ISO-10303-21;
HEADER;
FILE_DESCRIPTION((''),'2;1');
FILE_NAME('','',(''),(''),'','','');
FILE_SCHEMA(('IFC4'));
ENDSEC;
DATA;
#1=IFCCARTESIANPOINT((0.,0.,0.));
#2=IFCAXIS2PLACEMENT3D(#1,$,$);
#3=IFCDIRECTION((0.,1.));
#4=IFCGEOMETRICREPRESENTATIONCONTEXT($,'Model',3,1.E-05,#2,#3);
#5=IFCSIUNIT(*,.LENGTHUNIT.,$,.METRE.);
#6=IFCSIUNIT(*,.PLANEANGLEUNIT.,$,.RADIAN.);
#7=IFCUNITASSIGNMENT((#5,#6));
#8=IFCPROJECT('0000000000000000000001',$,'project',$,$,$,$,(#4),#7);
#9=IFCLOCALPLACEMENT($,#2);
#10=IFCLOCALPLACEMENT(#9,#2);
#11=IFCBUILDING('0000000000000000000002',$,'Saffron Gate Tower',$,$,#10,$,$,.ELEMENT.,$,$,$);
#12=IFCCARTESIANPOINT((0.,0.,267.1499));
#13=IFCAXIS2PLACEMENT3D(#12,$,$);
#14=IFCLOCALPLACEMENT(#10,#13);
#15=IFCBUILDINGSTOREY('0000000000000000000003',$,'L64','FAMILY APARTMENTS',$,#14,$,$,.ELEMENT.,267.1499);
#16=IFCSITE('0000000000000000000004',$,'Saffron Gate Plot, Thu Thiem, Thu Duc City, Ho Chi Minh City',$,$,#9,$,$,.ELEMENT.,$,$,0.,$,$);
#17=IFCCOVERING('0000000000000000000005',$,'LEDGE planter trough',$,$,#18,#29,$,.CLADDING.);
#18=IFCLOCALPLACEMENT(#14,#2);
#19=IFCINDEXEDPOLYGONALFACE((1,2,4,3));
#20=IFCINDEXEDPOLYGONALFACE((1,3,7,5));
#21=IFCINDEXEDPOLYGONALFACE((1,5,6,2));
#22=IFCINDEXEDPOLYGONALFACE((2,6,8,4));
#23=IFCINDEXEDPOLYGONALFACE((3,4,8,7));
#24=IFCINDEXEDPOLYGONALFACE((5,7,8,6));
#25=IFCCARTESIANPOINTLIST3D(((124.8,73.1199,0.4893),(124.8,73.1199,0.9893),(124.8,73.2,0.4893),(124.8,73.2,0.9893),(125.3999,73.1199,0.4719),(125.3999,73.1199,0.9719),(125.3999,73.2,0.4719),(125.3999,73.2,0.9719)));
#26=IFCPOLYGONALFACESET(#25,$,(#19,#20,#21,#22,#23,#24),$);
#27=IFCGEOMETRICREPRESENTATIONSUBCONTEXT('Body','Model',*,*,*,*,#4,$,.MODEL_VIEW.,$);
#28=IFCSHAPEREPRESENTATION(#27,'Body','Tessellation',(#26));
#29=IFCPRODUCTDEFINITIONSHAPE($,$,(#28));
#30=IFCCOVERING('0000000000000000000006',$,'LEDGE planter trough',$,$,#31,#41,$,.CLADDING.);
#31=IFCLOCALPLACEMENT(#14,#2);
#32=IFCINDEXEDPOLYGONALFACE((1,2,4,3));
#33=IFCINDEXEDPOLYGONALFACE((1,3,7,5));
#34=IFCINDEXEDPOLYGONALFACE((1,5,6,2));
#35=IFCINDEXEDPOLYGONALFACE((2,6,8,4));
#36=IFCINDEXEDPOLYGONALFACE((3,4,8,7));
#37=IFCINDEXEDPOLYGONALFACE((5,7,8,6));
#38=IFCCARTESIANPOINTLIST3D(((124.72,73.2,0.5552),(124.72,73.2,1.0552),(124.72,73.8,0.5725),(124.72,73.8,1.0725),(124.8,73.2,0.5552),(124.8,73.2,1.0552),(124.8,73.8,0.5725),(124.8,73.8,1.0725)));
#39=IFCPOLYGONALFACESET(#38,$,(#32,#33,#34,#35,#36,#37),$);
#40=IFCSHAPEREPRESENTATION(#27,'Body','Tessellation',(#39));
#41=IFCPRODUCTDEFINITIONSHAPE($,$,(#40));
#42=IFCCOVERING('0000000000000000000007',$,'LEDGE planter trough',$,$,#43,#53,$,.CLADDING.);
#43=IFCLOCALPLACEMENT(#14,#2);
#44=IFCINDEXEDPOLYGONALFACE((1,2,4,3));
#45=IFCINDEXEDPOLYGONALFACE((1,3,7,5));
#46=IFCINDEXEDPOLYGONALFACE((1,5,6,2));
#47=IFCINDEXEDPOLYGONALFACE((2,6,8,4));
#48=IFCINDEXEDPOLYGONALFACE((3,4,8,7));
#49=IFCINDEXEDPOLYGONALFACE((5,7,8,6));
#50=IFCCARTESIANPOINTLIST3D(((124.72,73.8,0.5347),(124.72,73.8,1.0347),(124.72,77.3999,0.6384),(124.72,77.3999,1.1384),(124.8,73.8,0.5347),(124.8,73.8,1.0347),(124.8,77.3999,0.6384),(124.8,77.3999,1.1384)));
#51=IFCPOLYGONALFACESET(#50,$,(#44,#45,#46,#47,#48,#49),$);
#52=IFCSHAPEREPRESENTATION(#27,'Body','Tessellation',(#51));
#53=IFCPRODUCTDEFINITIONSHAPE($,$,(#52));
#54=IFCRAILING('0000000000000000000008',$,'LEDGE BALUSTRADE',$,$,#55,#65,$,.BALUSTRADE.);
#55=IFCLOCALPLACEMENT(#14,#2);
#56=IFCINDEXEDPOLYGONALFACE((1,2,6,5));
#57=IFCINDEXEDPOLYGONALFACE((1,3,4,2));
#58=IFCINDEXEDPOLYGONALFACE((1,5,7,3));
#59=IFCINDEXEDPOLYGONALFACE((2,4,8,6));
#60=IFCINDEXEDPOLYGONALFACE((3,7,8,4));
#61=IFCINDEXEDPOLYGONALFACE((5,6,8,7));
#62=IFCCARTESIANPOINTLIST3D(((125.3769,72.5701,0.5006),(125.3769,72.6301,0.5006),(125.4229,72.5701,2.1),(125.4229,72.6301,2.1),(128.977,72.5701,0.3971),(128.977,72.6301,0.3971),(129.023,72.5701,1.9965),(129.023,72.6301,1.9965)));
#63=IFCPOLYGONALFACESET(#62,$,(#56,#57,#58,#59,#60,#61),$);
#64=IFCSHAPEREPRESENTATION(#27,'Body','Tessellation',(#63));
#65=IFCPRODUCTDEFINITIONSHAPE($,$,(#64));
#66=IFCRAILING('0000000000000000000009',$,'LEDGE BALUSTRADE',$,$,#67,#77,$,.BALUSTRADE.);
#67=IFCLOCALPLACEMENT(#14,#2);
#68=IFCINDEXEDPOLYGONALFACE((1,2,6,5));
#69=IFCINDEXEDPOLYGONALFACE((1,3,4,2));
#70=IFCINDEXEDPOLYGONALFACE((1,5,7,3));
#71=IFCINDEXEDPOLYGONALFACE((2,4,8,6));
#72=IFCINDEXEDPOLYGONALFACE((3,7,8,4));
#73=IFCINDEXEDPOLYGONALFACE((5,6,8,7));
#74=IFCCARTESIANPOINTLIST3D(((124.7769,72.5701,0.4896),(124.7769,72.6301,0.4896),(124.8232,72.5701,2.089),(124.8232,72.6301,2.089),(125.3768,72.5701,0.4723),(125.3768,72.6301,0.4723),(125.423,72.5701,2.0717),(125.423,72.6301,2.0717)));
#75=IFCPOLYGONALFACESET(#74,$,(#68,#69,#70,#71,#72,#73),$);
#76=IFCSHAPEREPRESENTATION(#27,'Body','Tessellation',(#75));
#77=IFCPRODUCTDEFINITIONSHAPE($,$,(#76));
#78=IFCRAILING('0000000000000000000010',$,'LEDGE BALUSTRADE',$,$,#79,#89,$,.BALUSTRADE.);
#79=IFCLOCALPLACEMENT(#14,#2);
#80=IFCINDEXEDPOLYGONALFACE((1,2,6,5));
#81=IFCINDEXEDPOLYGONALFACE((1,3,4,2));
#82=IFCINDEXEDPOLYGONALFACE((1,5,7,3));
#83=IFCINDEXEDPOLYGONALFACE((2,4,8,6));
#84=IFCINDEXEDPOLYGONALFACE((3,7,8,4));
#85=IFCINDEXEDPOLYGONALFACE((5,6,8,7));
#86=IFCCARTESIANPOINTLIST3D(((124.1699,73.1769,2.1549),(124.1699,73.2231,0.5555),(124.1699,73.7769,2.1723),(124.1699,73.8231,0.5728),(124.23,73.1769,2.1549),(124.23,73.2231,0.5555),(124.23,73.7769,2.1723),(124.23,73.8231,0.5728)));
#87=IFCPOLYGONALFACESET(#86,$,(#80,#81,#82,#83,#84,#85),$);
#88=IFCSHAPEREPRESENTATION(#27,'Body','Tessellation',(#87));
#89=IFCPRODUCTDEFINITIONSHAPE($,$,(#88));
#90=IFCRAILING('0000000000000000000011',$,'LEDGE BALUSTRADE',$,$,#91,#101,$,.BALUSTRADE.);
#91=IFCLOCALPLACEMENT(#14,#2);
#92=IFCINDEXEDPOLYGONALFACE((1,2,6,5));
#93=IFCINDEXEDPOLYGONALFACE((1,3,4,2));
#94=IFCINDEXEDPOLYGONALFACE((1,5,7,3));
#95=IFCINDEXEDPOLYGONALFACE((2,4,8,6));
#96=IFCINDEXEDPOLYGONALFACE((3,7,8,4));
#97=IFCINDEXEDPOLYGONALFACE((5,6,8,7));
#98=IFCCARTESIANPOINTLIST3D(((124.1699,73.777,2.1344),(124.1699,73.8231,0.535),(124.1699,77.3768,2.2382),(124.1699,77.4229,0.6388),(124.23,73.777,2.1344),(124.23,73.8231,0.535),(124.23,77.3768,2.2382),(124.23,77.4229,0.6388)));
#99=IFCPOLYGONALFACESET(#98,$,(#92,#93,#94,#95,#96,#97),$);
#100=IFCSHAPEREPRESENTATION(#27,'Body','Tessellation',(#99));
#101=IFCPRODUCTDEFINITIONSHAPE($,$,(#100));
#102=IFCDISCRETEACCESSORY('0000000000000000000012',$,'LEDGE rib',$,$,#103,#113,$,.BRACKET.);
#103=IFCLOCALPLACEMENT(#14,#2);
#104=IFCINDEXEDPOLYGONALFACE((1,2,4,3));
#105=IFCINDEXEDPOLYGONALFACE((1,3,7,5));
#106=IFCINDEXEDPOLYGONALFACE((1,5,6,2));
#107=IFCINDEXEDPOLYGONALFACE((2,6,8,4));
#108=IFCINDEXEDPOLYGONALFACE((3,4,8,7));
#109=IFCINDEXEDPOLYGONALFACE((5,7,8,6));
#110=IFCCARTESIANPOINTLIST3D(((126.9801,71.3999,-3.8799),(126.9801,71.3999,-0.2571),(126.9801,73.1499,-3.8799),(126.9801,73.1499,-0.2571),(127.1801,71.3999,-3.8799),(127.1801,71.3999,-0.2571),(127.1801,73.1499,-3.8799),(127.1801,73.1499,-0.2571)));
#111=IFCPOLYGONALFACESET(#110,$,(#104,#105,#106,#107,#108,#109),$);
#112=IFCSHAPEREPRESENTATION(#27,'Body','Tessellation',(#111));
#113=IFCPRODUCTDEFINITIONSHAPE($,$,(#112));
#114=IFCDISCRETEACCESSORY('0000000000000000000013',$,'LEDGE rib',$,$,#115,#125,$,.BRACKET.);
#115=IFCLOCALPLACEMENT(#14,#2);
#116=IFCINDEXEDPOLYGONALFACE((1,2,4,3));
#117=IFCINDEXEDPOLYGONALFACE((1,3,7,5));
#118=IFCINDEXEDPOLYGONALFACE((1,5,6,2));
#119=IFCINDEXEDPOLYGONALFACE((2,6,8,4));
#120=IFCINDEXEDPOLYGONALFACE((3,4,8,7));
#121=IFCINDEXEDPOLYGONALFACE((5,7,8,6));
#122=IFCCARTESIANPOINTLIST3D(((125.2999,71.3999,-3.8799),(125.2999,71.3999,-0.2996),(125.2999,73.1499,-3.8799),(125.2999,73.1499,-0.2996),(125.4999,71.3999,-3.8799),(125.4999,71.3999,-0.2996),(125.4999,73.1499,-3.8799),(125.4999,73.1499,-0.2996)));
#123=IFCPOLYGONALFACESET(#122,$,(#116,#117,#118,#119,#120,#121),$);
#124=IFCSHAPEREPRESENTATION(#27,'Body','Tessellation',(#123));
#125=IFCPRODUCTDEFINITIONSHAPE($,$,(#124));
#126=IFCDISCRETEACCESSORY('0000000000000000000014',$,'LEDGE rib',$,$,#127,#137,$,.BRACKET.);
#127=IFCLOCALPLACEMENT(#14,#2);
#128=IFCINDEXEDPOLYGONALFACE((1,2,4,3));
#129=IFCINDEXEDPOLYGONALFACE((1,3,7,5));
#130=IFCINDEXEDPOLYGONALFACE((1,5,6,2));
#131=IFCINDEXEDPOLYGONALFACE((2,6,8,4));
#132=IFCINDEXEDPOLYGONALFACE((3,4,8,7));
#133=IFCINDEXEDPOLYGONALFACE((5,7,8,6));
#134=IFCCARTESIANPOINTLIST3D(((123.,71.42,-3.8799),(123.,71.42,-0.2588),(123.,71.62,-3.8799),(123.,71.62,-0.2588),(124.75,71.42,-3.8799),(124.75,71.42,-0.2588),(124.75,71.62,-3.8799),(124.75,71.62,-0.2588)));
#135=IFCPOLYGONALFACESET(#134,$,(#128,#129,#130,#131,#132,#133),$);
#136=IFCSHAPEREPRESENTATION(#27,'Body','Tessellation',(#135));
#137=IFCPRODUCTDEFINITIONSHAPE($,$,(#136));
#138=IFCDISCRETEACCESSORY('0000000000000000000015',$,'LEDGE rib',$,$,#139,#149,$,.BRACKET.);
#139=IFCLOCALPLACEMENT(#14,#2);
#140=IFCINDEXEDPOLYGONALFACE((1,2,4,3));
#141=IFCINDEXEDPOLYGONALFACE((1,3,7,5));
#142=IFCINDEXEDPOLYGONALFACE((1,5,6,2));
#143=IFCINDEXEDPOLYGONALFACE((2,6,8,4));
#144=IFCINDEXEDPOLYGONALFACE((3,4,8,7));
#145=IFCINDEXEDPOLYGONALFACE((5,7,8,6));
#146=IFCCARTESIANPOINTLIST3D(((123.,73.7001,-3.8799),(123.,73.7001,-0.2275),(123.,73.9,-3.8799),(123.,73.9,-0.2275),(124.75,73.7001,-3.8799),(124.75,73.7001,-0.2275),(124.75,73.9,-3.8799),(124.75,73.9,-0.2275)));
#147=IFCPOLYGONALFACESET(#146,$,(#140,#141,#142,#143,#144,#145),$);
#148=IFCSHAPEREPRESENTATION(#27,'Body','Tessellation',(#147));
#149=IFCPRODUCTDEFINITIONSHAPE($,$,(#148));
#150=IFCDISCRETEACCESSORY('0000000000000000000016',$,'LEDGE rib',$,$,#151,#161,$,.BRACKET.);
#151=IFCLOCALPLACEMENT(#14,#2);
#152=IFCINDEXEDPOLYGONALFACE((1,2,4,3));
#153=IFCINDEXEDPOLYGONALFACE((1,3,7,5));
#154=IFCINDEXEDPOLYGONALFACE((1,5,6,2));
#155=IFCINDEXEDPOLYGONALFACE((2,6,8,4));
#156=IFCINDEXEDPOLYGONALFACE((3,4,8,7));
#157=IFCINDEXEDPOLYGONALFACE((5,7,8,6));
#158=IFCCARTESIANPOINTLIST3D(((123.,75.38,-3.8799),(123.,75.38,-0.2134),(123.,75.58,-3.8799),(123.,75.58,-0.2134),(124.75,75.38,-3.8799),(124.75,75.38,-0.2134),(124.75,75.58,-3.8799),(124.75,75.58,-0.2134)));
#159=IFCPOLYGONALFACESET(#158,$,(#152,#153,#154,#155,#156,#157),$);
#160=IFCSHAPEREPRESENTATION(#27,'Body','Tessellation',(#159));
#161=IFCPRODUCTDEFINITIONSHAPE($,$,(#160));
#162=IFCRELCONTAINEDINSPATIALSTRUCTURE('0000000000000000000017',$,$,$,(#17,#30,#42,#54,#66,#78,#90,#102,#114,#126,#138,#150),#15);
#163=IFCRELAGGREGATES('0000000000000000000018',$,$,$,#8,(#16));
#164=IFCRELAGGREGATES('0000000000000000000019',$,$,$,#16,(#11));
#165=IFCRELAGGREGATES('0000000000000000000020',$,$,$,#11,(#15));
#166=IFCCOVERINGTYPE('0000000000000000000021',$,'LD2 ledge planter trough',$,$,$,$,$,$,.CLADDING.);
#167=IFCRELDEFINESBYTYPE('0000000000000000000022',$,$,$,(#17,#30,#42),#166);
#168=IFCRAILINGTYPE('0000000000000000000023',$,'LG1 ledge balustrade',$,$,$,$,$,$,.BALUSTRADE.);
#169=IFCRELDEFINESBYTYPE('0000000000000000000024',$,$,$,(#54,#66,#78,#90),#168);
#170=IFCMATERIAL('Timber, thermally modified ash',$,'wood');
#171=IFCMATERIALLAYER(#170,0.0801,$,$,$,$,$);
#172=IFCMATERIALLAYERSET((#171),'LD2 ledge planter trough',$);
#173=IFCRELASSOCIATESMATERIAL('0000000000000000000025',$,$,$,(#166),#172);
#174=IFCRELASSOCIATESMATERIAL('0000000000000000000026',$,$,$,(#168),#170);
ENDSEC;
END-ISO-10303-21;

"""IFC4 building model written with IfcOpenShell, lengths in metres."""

from ifc_helpers import new_model, si_unit, direction, frame, origin, origin_2d, place, context, subcontext, project, spatial, polyline, rectangle, outline, extrude, material, layer, layer_set, type_object, element, save


model = new_model("IFC4")

# Units and contexts
model_context = context("Model", 3, precision=1e-05, world=origin(), true_north=direction((0.0, 1.0)))
body_context = subcontext(model_context, "Body", "Model", "MODEL_VIEW")
ifc_project = project(units=[si_unit("LENGTHUNIT", "METRE"), si_unit("PLANEANGLEUNIT", "RADIAN")], contexts=[model_context])

# Site, building, storey
site_placement = place(None, origin())
site = spatial("IfcSite", under=ifc_project, at=site_placement, Name="Saffron Gate Plot, Thu Thiem, Thu Duc City, Ho Chi Minh City", CompositionType="ELEMENT", RefElevation=0.0)
building_placement = place(site_placement, origin())
building = spatial("IfcBuilding", under=site, at=building_placement, Name="Saffron Gate Tower", CompositionType="ELEMENT")
storey_placement = place(building_placement, frame((0.0, 0.0, 267.1499)))
storey = spatial("IfcBuildingStorey", under=building, at=storey_placement, Name="L64", Description="FAMILY APARTMENTS", CompositionType="ELEMENT", Elevation=267.1499)

# Coverings
ifc_material_1 = material(Name="Timber, thermally modified ash", Category="wood")
ifc_layer_1 = layer(ifc_material_1, 0.0801)
ifc_layer_set_1 = layer_set([ifc_layer_1], Name="LD2 ledge planter trough")
covering_type_1 = type_object("IfcCoveringType", Name="LD2 ledge planter trough", PredefinedType="CLADDING", material=ifc_layer_set_1)
covering_1_placement = place(storey_placement, frame((125.3999, 73.2, 0.4719), z_axis=(0.0, 1.0, 0.0), x_axis=(-0.999583, 0.0, 0.028885)))
element("IfcCovering", 1, at=covering_1_placement, inside=storey, type_object=covering_type_1, Name="LEDGE planter trough", PredefinedType="CLADDING", context=body_context, shape_type="SweptSolid", body=[
    extrude(outline(polyline([(0.0, 0.0), (0.6001, 0.0), (0.6145, 0.4998), (0.0144, 0.4998), (0.0, 0.0)])), origin(), (0.0, 0.0, -1.0), 0.0801),
])
covering_2_placement = place(storey_placement, frame((124.8, 73.2, 0.5552), z_axis=(1.0, 0.0, 0.0), x_axis=(0.0, 0.999583, 0.028873)))
element("IfcCovering", 2, at=covering_2_placement, inside=storey, type_object=covering_type_1, Name="LEDGE planter trough", PredefinedType="CLADDING", context=body_context, shape_type="SweptSolid", body=[
    extrude(outline(polyline([(0.0, 0.0), (0.6003, 0.0), (0.6148, 0.4998), (0.0144, 0.4998), (0.0, 0.0)])), origin(), (0.0, 0.0, -1.0), 0.0801),
])
covering_3_placement = place(storey_placement, frame((124.8, 73.8, 0.5347), z_axis=(1.0, 0.0, 0.0), x_axis=(0.0, 0.999585, 0.028811)))
element("IfcCovering", 3, at=covering_3_placement, inside=storey, type_object=covering_type_1, Name="LEDGE planter trough", PredefinedType="CLADDING", context=body_context, shape_type="SweptSolid", body=[
    extrude(outline(polyline([(0.0, 0.0), (3.6013, 0.0), (3.6158, 0.4998), (0.0144, 0.4998), (0.0, 0.0)])), origin(), (0.0, 0.0, -1.0), 0.0801),
])

# Railings
railing_type = type_object("IfcRailingType", Name="LG1 ledge balustrade", PredefinedType="BALUSTRADE", material=ifc_material_1)
railing_1_placement = place(storey_placement, frame((129.0, 72.6001, 0.3967)))
element("IfcRailing", 4, at=railing_1_placement, inside=storey, type_object=railing_type, Name="LEDGE BALUSTRADE", PredefinedType="BALUSTRADE", context=body_context, shape_type="SweptSolid", body=[
    extrude(rectangle(XDim=0.0601, YDim=1.6001, at=origin_2d()), frame((0.0, 0.0, 0.8), z_axis=(-0.999587, 0.0, 0.028742), x_axis=(0.0, -1.0, 0.0)), (0.0, 0.0, 1.0), 3.6016),
])
railing_2_placement = place(storey_placement, frame((125.3999, 72.6001, 0.4719)))
element("IfcRailing", 5, at=railing_2_placement, inside=storey, type_object=railing_type, Name="LEDGE BALUSTRADE", PredefinedType="BALUSTRADE", context=body_context, shape_type="SweptSolid", body=[
    extrude(rectangle(XDim=0.0601, YDim=1.6001, at=origin_2d()), frame((0.0, 0.0, 0.8), z_axis=(-0.999583, 0.0, 0.028885), x_axis=(0.0, -1.0, 0.0)), (0.0, 0.0, 1.0), 0.6001),
])
railing_3_placement = place(storey_placement, frame((124.2, 73.2, 0.5552)))
element("IfcRailing", 6, at=railing_3_placement, inside=storey, type_object=railing_type, Name="LEDGE BALUSTRADE", PredefinedType="BALUSTRADE", context=body_context, shape_type="SweptSolid", body=[
    extrude(rectangle(XDim=0.0601, YDim=1.6001, at=origin_2d()), frame((0.0, 0.0, 0.8), z_axis=(0.0, 0.999583, 0.028873), x_axis=(-1.0, 0.0, 0.0)), (0.0, 0.0, 1.0), 0.6003),
])
railing_4_placement = place(storey_placement, frame((124.2, 73.8, 0.5347)))
element("IfcRailing", 7, at=railing_4_placement, inside=storey, type_object=railing_type, Name="LEDGE BALUSTRADE", PredefinedType="BALUSTRADE", context=body_context, shape_type="SweptSolid", body=[
    extrude(rectangle(XDim=0.0601, YDim=1.6001, at=origin_2d()), frame((0.0, 0.0, 0.8), z_axis=(0.0, 0.999585, 0.028811), x_axis=(-1.0, 0.0, 0.0)), (0.0, 0.0, 1.0), 3.6013),
])

# Discrete accessories
discrete_accessory_1_placement = place(storey_placement, frame((127.0801, 72.2749, -3.8799), z_axis=(0.0, 0.0, 1.0), x_axis=(-1.0, 0.0, 0.0)))
element("IfcDiscreteAccessory", 8, at=discrete_accessory_1_placement, inside=storey, Name="LEDGE rib", PredefinedType="BRACKET", context=body_context, shape_type="SweptSolid", body=[
    extrude(rectangle(XDim=0.2, YDim=1.75, at=origin_2d()), origin(), (0.0, 0.0, 1.0), 3.6228),
])
discrete_accessory_2_placement = place(storey_placement, frame((125.3999, 72.2749, -3.8799), z_axis=(0.0, 0.0, 1.0), x_axis=(-1.0, 0.0, 0.0)))
element("IfcDiscreteAccessory", 9, at=discrete_accessory_2_placement, inside=storey, Name="LEDGE rib", PredefinedType="BRACKET", context=body_context, shape_type="SweptSolid", body=[
    extrude(rectangle(XDim=0.2, YDim=1.75, at=origin_2d()), origin(), (0.0, 0.0, 1.0), 3.5803),
])
discrete_accessory_3_placement = place(storey_placement, frame((123.875, 71.52, -3.8799), z_axis=(0.0, 0.0, 1.0), x_axis=(0.0, 1.0, 0.0)))
element("IfcDiscreteAccessory", 10, at=discrete_accessory_3_placement, inside=storey, Name="LEDGE rib", PredefinedType="BRACKET", context=body_context, shape_type="SweptSolid", body=[
    extrude(rectangle(XDim=0.2, YDim=1.75, at=origin_2d()), origin(), (0.0, 0.0, 1.0), 3.6211),
])
discrete_accessory_4_placement = place(storey_placement, frame((123.875, 73.8, -3.8799), z_axis=(0.0, 0.0, 1.0), x_axis=(0.0, 1.0, 0.0)))
element("IfcDiscreteAccessory", 11, at=discrete_accessory_4_placement, inside=storey, Name="LEDGE rib", PredefinedType="BRACKET", context=body_context, shape_type="SweptSolid", body=[
    extrude(rectangle(XDim=0.2, YDim=1.75, at=origin_2d()), origin(), (0.0, 0.0, 1.0), 3.6523),
])
discrete_accessory_5_placement = place(storey_placement, frame((123.875, 75.48, -3.8799), z_axis=(0.0, 0.0, 1.0), x_axis=(0.0, 1.0, 0.0)))
element("IfcDiscreteAccessory", 12, at=discrete_accessory_5_placement, inside=storey, Name="LEDGE rib", PredefinedType="BRACKET", context=body_context, shape_type="SweptSolid", body=[
    extrude(rectangle(XDim=0.2, YDim=1.75, at=origin_2d()), origin(), (0.0, 0.0, 1.0), 3.6665),
])

save(model, "model.ifc")
